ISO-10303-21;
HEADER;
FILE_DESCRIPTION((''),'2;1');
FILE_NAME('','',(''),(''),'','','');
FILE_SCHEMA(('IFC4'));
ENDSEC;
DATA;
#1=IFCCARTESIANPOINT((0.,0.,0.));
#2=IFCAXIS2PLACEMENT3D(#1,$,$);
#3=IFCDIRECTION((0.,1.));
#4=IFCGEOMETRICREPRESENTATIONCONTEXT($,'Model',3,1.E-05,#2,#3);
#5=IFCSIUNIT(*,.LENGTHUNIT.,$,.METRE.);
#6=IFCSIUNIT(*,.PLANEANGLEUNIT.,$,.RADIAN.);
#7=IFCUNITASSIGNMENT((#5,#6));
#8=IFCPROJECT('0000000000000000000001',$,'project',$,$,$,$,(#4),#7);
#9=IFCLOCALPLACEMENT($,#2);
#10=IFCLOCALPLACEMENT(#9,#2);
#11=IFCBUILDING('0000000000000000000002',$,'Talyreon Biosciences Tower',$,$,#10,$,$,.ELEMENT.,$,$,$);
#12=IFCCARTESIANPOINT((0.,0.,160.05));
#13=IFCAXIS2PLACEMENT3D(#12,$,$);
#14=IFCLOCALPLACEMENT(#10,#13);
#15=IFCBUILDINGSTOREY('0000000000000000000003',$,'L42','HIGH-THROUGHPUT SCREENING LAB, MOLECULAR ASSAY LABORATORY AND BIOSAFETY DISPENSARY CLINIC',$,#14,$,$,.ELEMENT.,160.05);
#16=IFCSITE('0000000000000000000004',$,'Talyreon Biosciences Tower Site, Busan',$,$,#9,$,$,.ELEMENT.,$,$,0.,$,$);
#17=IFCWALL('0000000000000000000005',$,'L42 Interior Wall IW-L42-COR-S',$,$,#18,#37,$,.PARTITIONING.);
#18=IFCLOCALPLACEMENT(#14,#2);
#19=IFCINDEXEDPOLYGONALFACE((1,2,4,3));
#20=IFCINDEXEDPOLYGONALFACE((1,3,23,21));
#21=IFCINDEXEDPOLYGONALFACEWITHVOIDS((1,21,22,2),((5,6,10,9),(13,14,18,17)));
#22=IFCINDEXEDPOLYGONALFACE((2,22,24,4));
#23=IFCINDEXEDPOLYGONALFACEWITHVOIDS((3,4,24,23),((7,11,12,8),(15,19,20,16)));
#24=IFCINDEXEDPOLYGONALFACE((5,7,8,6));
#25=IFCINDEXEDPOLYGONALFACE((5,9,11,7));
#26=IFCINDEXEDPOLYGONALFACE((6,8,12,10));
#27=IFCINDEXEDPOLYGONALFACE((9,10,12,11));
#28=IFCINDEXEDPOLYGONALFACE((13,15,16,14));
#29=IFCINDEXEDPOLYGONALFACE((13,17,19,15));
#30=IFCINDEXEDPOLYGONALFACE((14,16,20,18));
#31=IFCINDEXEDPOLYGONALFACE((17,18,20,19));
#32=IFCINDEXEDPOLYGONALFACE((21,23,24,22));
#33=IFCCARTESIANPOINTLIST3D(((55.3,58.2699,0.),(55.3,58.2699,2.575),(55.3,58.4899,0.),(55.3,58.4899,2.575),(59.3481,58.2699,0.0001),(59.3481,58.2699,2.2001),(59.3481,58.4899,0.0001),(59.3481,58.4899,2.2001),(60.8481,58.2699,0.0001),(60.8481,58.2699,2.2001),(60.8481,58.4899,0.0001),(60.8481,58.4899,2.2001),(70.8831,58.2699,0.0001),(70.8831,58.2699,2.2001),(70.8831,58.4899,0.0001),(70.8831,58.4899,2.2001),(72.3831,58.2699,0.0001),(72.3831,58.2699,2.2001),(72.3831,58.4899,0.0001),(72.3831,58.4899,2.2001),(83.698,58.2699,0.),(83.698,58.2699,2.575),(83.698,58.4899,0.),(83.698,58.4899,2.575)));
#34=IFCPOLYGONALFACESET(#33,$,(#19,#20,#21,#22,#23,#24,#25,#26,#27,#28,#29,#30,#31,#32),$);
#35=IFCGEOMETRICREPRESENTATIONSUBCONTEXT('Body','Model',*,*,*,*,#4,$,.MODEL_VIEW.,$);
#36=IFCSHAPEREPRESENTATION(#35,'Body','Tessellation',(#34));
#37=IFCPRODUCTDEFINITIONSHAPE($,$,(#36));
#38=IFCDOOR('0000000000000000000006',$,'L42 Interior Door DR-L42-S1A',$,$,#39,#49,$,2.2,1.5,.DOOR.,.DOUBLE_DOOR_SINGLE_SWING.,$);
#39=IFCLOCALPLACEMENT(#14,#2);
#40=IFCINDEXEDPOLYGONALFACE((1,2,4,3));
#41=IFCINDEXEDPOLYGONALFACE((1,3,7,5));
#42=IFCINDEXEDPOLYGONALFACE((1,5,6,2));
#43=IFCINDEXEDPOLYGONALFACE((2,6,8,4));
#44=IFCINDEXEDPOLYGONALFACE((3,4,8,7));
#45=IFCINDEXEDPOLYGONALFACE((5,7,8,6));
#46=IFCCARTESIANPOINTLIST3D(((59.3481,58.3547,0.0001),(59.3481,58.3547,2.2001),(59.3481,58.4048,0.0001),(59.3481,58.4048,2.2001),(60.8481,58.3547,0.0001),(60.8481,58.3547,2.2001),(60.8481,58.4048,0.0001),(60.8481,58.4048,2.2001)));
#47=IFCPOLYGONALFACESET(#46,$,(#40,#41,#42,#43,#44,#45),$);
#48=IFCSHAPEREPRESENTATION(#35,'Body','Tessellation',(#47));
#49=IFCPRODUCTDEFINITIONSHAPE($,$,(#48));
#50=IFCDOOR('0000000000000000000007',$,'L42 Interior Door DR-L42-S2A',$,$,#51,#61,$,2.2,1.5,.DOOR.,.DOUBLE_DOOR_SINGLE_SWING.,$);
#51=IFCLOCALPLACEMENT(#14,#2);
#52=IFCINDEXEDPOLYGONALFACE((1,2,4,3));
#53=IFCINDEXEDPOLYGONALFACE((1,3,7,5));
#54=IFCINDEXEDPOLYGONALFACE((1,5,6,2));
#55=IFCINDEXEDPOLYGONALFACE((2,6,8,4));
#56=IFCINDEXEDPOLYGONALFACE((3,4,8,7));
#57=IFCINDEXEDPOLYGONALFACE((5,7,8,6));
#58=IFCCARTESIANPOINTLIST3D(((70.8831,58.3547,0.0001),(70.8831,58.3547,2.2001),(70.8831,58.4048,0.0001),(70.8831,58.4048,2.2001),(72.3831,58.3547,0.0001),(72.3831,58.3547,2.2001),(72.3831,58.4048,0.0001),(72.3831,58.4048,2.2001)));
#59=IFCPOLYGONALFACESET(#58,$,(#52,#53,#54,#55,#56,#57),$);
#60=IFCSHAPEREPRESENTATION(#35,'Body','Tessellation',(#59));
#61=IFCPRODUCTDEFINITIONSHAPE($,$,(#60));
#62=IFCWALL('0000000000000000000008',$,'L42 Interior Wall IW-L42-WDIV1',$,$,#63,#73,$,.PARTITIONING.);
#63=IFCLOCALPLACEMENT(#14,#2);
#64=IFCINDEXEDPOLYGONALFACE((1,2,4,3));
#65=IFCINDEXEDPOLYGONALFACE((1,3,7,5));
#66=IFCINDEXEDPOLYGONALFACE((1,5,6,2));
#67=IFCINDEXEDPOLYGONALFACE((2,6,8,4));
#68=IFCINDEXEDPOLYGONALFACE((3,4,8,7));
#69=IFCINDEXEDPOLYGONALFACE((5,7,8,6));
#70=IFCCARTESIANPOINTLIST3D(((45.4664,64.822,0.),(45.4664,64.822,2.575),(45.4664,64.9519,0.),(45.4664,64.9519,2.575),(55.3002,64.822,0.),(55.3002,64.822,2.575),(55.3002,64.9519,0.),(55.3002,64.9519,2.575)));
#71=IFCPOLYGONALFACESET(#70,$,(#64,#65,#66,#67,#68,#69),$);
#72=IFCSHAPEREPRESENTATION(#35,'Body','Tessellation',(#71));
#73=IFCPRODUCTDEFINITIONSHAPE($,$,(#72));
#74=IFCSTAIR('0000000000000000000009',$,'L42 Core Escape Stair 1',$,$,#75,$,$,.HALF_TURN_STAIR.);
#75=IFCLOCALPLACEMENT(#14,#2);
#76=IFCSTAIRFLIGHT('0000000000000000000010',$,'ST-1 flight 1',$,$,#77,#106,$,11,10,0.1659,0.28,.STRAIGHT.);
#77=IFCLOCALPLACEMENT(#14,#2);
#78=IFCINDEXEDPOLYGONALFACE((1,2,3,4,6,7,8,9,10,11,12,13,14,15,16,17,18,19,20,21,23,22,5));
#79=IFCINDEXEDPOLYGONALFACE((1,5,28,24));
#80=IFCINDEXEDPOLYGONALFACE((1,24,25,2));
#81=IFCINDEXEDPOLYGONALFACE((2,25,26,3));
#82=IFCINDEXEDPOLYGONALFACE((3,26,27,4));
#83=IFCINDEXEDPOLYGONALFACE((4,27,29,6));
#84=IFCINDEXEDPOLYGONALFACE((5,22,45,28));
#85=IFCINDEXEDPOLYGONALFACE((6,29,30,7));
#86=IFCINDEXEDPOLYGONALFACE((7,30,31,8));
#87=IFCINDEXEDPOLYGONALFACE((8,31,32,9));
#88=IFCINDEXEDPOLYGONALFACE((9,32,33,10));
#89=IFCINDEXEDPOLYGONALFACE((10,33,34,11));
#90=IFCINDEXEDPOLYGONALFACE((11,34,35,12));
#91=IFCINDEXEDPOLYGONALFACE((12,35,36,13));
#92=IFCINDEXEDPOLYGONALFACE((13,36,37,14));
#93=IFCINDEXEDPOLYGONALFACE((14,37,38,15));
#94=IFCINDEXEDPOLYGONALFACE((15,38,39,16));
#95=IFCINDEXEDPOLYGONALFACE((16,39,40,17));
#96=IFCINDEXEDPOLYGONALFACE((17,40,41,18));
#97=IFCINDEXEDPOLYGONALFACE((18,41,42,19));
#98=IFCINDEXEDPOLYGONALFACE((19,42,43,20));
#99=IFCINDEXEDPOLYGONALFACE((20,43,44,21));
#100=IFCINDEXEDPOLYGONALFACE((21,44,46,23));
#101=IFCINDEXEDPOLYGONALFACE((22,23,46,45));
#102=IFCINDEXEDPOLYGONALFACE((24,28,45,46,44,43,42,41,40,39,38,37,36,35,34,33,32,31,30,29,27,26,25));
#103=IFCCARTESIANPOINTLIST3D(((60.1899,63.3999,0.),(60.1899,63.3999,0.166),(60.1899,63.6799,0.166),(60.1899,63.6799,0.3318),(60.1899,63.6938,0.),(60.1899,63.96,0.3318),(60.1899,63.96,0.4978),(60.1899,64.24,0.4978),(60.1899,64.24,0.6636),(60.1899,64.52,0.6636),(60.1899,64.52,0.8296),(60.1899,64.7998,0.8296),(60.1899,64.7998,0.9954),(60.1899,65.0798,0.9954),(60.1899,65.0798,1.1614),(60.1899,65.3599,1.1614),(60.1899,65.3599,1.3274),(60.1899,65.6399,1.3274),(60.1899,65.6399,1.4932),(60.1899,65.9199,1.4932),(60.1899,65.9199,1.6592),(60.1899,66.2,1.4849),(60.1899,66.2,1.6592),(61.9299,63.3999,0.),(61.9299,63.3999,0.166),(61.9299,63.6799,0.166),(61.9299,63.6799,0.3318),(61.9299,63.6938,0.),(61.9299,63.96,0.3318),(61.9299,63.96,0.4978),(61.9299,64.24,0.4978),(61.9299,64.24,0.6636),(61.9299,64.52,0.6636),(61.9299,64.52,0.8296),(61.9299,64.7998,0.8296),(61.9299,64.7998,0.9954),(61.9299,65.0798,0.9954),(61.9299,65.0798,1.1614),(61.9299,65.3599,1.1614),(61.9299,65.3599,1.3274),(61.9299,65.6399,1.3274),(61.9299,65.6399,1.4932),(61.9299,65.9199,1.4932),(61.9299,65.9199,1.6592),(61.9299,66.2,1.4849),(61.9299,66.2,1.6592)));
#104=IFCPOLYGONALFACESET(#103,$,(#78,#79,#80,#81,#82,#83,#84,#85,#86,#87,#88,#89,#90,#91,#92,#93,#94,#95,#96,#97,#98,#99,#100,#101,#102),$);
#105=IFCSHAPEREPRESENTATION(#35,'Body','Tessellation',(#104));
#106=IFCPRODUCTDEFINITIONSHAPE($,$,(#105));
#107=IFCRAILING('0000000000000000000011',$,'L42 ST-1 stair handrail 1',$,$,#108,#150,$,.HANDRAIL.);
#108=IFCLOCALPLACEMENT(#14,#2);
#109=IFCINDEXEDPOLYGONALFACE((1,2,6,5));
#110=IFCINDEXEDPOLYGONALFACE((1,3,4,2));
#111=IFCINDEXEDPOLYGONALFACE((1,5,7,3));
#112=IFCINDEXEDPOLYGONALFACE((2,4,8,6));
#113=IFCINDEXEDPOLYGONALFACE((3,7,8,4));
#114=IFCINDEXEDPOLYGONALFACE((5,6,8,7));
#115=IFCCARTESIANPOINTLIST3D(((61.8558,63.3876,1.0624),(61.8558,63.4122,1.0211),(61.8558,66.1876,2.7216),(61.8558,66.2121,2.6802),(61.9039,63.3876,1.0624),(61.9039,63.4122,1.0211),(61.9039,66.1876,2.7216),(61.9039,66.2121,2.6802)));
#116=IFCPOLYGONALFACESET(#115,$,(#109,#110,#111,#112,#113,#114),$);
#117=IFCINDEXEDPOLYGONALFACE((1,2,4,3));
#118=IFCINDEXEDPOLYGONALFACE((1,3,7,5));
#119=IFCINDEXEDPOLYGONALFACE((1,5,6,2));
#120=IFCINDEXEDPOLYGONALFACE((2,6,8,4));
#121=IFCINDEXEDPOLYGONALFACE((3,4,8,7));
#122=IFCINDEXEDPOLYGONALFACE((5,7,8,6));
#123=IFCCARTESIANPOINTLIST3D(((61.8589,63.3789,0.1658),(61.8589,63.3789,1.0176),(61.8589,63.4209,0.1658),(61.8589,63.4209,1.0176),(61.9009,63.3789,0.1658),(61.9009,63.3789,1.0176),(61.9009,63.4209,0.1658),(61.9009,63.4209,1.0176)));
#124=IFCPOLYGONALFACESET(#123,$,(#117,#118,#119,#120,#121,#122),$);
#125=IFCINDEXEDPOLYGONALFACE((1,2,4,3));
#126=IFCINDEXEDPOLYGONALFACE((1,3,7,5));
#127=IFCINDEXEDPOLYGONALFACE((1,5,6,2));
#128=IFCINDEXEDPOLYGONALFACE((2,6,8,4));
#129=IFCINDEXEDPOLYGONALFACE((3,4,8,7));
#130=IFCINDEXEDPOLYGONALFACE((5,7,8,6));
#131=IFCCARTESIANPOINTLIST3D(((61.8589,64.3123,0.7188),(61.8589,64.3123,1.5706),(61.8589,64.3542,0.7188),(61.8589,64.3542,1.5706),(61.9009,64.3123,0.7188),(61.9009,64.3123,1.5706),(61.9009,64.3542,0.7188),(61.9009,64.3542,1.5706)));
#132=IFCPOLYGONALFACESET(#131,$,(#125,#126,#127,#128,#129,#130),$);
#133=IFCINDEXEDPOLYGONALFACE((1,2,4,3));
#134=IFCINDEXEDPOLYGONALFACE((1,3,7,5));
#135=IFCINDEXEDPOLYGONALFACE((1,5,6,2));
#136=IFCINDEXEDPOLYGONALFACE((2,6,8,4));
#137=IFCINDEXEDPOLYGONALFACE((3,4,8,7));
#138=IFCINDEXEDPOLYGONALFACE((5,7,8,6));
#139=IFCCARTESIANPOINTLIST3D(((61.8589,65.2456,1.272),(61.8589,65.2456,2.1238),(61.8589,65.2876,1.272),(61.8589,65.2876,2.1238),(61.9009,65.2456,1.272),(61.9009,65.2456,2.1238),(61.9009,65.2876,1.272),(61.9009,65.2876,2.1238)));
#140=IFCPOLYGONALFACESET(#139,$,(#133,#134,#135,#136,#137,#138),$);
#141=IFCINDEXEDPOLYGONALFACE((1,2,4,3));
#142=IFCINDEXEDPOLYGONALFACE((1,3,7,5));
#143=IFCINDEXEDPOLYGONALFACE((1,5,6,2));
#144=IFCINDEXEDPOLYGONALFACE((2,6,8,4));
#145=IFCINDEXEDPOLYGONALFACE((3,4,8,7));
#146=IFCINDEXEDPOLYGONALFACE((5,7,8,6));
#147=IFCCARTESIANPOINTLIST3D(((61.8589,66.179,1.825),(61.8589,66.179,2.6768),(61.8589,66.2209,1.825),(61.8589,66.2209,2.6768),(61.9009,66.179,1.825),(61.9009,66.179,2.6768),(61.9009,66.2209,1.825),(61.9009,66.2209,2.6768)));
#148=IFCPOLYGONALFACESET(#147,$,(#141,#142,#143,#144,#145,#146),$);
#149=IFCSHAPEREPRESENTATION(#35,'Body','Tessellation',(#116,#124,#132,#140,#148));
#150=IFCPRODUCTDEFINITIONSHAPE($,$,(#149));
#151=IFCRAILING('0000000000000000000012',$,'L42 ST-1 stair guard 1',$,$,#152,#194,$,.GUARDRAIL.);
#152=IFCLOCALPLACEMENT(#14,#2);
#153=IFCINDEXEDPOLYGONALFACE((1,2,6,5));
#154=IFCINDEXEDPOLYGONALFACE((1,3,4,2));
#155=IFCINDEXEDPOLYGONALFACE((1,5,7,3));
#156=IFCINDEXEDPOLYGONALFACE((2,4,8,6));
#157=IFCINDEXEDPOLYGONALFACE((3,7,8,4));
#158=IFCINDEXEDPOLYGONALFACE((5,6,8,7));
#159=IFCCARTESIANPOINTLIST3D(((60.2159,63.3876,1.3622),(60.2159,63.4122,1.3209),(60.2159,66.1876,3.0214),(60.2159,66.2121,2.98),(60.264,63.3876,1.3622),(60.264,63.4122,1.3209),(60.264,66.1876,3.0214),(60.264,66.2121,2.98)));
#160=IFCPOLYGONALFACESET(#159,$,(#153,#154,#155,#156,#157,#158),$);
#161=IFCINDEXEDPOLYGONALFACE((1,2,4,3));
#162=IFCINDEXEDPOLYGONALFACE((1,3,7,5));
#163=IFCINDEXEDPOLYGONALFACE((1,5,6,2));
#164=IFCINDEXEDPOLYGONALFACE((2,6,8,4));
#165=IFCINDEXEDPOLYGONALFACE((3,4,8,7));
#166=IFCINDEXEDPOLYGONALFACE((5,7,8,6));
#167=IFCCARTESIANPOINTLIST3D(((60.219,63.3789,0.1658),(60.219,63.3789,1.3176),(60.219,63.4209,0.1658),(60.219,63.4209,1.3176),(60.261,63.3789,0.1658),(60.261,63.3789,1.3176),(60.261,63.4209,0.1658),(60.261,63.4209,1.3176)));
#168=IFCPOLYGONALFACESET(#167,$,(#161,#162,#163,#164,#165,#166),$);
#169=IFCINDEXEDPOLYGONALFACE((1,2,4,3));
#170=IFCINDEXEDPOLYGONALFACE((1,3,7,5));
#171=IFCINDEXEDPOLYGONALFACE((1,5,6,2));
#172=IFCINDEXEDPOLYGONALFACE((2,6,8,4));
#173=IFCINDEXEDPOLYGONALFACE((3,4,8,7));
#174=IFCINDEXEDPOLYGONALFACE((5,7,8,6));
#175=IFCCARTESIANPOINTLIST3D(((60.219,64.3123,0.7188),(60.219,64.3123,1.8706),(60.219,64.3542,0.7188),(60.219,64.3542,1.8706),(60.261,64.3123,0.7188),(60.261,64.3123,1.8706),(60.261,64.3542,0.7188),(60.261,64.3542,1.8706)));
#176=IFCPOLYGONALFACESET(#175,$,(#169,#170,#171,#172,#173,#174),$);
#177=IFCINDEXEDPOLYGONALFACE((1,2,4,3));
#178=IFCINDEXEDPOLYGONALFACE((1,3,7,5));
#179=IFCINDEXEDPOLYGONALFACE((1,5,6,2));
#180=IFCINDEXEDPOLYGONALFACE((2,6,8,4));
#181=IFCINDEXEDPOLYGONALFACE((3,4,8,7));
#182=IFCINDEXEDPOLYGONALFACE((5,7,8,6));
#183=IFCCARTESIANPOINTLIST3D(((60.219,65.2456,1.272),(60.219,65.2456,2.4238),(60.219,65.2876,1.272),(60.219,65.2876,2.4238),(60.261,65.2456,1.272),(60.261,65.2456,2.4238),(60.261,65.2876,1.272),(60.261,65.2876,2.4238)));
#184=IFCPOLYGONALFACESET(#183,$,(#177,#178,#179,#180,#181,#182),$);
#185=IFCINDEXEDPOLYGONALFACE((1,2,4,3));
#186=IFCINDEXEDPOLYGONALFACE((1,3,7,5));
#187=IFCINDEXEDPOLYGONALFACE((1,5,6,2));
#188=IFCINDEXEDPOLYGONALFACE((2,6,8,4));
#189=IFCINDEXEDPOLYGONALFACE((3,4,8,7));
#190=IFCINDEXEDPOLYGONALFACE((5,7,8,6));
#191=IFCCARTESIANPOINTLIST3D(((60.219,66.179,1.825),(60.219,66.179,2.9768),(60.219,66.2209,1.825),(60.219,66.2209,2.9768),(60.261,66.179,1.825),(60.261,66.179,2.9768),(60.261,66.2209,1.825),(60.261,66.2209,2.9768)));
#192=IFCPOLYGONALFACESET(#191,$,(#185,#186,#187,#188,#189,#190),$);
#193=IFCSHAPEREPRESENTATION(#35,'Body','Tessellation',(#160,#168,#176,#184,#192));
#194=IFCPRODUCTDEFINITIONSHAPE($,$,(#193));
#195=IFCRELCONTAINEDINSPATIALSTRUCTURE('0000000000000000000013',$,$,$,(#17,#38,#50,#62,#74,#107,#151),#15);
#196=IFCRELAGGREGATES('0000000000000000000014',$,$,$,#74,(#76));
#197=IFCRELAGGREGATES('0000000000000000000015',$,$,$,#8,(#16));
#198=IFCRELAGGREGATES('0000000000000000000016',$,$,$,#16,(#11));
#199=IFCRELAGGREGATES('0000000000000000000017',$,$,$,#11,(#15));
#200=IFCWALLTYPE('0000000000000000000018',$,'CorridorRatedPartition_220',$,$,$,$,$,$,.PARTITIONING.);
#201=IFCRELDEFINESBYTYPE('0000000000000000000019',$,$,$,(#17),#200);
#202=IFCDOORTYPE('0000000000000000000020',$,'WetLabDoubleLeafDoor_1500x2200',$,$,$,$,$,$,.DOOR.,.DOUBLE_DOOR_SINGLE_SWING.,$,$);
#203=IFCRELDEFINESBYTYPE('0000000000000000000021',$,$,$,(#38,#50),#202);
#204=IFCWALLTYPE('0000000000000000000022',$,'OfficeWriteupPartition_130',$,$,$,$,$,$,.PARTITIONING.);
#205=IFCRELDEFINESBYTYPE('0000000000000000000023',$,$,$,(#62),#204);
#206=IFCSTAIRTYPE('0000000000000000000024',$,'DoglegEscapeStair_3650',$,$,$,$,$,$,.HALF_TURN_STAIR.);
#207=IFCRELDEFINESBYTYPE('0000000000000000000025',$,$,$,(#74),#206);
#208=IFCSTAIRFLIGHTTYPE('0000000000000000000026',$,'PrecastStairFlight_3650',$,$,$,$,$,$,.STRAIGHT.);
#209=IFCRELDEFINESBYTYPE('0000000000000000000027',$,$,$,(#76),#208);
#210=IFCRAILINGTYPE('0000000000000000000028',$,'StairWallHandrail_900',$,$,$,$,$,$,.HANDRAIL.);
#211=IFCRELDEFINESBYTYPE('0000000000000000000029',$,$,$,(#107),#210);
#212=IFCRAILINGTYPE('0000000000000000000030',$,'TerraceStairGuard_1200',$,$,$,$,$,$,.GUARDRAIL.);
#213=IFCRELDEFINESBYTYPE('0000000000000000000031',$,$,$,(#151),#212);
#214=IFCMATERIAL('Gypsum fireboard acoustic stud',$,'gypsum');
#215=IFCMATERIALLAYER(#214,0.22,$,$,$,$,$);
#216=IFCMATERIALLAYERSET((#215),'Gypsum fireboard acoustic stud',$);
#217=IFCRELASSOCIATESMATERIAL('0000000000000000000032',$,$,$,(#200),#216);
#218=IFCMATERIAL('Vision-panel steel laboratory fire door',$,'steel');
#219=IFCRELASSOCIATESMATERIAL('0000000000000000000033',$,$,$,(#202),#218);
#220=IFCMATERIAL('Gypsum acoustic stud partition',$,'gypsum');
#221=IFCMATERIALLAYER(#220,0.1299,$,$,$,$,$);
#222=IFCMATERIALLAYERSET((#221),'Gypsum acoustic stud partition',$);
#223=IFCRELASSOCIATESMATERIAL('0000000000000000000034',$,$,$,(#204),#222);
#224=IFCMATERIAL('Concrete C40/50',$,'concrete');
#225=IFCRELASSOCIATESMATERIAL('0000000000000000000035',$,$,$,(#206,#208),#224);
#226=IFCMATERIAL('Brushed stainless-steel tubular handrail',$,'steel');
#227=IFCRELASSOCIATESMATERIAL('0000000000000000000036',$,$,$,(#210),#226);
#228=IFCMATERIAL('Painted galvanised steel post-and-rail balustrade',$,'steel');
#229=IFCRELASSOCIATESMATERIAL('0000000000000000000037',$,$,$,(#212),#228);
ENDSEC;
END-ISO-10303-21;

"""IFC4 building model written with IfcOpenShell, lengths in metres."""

from ifc_helpers import new_model, si_unit, direction, frame, frame_2d, origin, origin_2d, place, context, subcontext, project, spatial, polyline, rectangle, outline, extrude, material, layer, layer_set, type_object, element, fill, aggregate, save


model = new_model("IFC4")

# Units and contexts
model_context = context("Model", 3, precision=1e-05, world=origin(), true_north=direction((0.0, 1.0)))
body_context = subcontext(model_context, "Body", "Model", "MODEL_VIEW")
ifc_project = project(units=[si_unit("LENGTHUNIT", "METRE"), si_unit("PLANEANGLEUNIT", "RADIAN")], contexts=[model_context])

# Site, building, storey
site_placement = place(None, origin())
site = spatial("IfcSite", under=ifc_project, at=site_placement, Name="Talyreon Biosciences Tower Site, Busan", CompositionType="ELEMENT", RefElevation=0.0)
building_placement = place(site_placement, origin())
building = spatial("IfcBuilding", under=site, at=building_placement, Name="Talyreon Biosciences Tower", CompositionType="ELEMENT")
storey_placement = place(building_placement, frame((0.0, 0.0, 160.05)))
storey = spatial("IfcBuildingStorey", under=building, at=storey_placement, Name="L42", Description="HIGH-THROUGHPUT SCREENING LAB, MOLECULAR ASSAY LABORATORY AND BIOSAFETY DISPENSARY CLINIC", CompositionType="ELEMENT", Elevation=160.05)

# Wall, openings, doors
ifc_material_1 = material(Name="Gypsum fireboard acoustic stud", Category="gypsum")
ifc_layer_1 = layer(ifc_material_1, 0.22)
ifc_layer_set_1 = layer_set([ifc_layer_1], Name="Gypsum fireboard acoustic stud")
wall_type_1 = type_object("IfcWallType", Name="CorridorRatedPartition_220", PredefinedType="PARTITIONING", material=ifc_layer_set_1)
wall_1_placement = place(storey_placement, frame((55.3, 58.3799, 0.0), z_axis=(0.0, 0.0, 1.0), x_axis=(1.0, 0.0, 0.0)))
wall_1 = element("IfcWall", 1, at=wall_1_placement, inside=storey, type_object=wall_type_1, Name="L42 Interior Wall IW-L42-COR-S", PredefinedType="PARTITIONING", context=body_context, shape_type="SweptSolid", body=[
    extrude(rectangle(XDim=28.3979, YDim=0.22, at=frame_2d((14.199, 0.0))), origin(), (0.0, 0.0, 1.0), 2.575),
])
opening_1_placement = place(wall_1_placement, frame((4.0481, 0.0, 0.0)))
opening_1 = element("IfcOpeningElement", 2, at=opening_1_placement, cuts=wall_1, PredefinedType="OPENING", context=body_context, shape_type="SweptSolid", body=[
    extrude(rectangle(XDim=1.5, YDim=2.2, at=frame_2d((0.75, 1.1001))), frame((0.0, 0.1199, 0.0), z_axis=(0.0, -1.0, 0.0), x_axis=(1.0, 0.0, 0.0)), (0.0, 0.0, 1.0), 0.24),
])
opening_2_placement = place(wall_1_placement, frame((15.583, 0.0, 0.0)))
opening_2 = element("IfcOpeningElement", 3, at=opening_2_placement, cuts=wall_1, PredefinedType="OPENING", context=body_context, shape_type="SweptSolid", body=[
    extrude(rectangle(XDim=1.5, YDim=2.2, at=frame_2d((0.75, 1.1001))), frame((0.0, 0.1199, 0.0), z_axis=(0.0, -1.0, 0.0), x_axis=(1.0, 0.0, 0.0)), (0.0, 0.0, 1.0), 0.24),
])
ifc_material_2 = material(Name="Vision-panel steel laboratory fire door", Category="steel")
door_type_1 = type_object("IfcDoorType", Name="WetLabDoubleLeafDoor_1500x2200", OperationType="DOUBLE_DOOR_SINGLE_SWING", PredefinedType="DOOR", material=ifc_material_2)
door_1_placement = place(opening_1_placement, origin())
door_1 = element("IfcDoor", 4, at=door_1_placement, inside=storey, type_object=door_type_1, Name="L42 Interior Door DR-L42-S1A", OperationType="DOUBLE_DOOR_SINGLE_SWING", OverallHeight=2.2, OverallWidth=1.5, PredefinedType="DOOR", context=body_context, shape_type="SweptSolid", body=[
    extrude(rectangle(XDim=1.5, YDim=2.2, at=frame_2d((0.75, 1.1001))), frame((0.0, 0.0249, 0.0), z_axis=(0.0, -1.0, 0.0), x_axis=(1.0, 0.0, 0.0)), (0.0, 0.0, 1.0), 0.05),
])
fill(opening_1, door_1)
door_2_placement = place(opening_2_placement, origin())
door_2 = element("IfcDoor", 5, at=door_2_placement, inside=storey, type_object=door_type_1, Name="L42 Interior Door DR-L42-S2A", OperationType="DOUBLE_DOOR_SINGLE_SWING", OverallHeight=2.2, OverallWidth=1.5, PredefinedType="DOOR", context=body_context, shape_type="SweptSolid", body=[
    extrude(rectangle(XDim=1.5, YDim=2.2, at=frame_2d((0.75, 1.1001))), frame((0.0, 0.0249, 0.0), z_axis=(0.0, -1.0, 0.0), x_axis=(1.0, 0.0, 0.0)), (0.0, 0.0, 1.0), 0.05),
])
fill(opening_2, door_2)

# Wall
ifc_material_3 = material(Name="Gypsum acoustic stud partition", Category="gypsum")
ifc_layer_2 = layer(ifc_material_3, 0.1299)
ifc_layer_set_2 = layer_set([ifc_layer_2], Name="Gypsum acoustic stud partition")
wall_type_2 = type_object("IfcWallType", Name="OfficeWriteupPartition_130", PredefinedType="PARTITIONING", material=ifc_layer_set_2)
wall_2_placement = place(storey_placement, frame((45.4663, 64.887, 0.0), z_axis=(0.0, 0.0, 1.0), x_axis=(1.0, 0.0, 0.0)))
element("IfcWall", 6, at=wall_2_placement, inside=storey, type_object=wall_type_2, Name="L42 Interior Wall IW-L42-WDIV1", PredefinedType="PARTITIONING", context=body_context, shape_type="SweptSolid", body=[
    extrude(rectangle(XDim=9.8337, YDim=0.1299, at=frame_2d((4.917, 0.0))), origin(), (0.0, 0.0, 1.0), 2.575),
])

# Stair, stair flight
ifc_material_4 = material(Name="Concrete C40/50", Category="concrete")
stair_type = type_object("IfcStairType", Name="DoglegEscapeStair_3650", PredefinedType="HALF_TURN_STAIR", material=ifc_material_4)
stair_placement = place(storey_placement, origin())
stair = element("IfcStair", 7, at=stair_placement, inside=storey, type_object=stair_type, Name="L42 Core Escape Stair 1", PredefinedType="HALF_TURN_STAIR")
stair_flight_type = type_object("IfcStairFlightType", Name="PrecastStairFlight_3650", PredefinedType="STRAIGHT", material=ifc_material_4)
stair_flight_placement = place(storey_placement, frame((61.0601, 63.3999, 0.0), z_axis=(0.0, 0.0, 1.0), x_axis=(0.0, 1.0, 0.0)))
stair_flight = element("IfcStairFlight", 8, at=stair_flight_placement, type_object=stair_flight_type, Name="ST-1 flight 1", NumberOfRisers=11, NumberOfTreads=10, PredefinedType="STRAIGHT", RiserHeight=0.1659, TreadLength=0.28, context=body_context, shape_type="SweptSolid", body=[
    extrude(outline(polyline([(0.0, 0.0), (0.0, 0.166), (0.28, 0.166), (0.28, 0.3318), (0.5601, 0.3318), (0.5601, 0.4978), (0.8401, 0.4978), (0.8401, 0.6636), (1.1201, 0.6636), (1.1201, 0.8296), (1.3999, 0.8296), (1.3999, 0.9954), (1.6799, 0.9954), (1.6799, 1.1614), (1.96, 1.1614), (1.96, 1.3274), (2.24, 1.3274), (2.24, 1.4932), (2.52, 1.4932), (2.52, 1.6592), (2.8, 1.6592), (2.8, 1.825), (2.8, 1.4849), (0.2939, 0.0), (0.0, 0.0)])), frame((0.0, 0.8701, 0.0), z_axis=(0.0, -1.0, 0.0), x_axis=(1.0, 0.0, 0.0)), (0.0, 0.0, 1.0), 1.74),
])
aggregate(stair, [stair_flight])

# Railings
ifc_material_5 = material(Name="Brushed stainless-steel tubular handrail", Category="steel")
railing_type_1 = type_object("IfcRailingType", Name="StairWallHandrail_900", PredefinedType="HANDRAIL", material=ifc_material_5)
railing_1_placement = place(storey_placement, frame((61.8799, 63.3999, 0.1658)))
element("IfcRailing", 9, at=railing_1_placement, inside=storey, type_object=railing_type_1, Name="L42 ST-1 stair handrail 1", PredefinedType="HANDRAIL", context=body_context, shape_type="SweptSolid", body=[
    extrude(rectangle(XDim=0.0481, YDim=0.0481, at=origin_2d()), frame((0.0, 0.0, 0.876), z_axis=(0.0, 0.860306, 0.509778), x_axis=(-1.0, 0.0, 0.0)), (0.0, 0.0, 1.0), 3.2546),
    extrude(rectangle(XDim=0.042, YDim=0.042, at=origin_2d()), origin(), (0.0, 0.0, 1.0), 0.8518),
    extrude(rectangle(XDim=0.042, YDim=0.042, at=origin_2d()), frame((0.0, 0.9333, 0.553)), (0.0, 0.0, 1.0), 0.8518),
    extrude(rectangle(XDim=0.042, YDim=0.042, at=origin_2d()), frame((0.0, 1.8667, 1.1062)), (0.0, 0.0, 1.0), 0.8518),
    extrude(rectangle(XDim=0.042, YDim=0.042, at=origin_2d()), frame((0.0, 2.8, 1.6592)), (0.0, 0.0, 1.0), 0.8518),
])
ifc_material_6 = material(Name="Painted galvanised steel post-and-rail balustrade", Category="steel")
railing_type_2 = type_object("IfcRailingType", Name="TerraceStairGuard_1200", PredefinedType="GUARDRAIL", material=ifc_material_6)
railing_2_placement = place(storey_placement, frame((60.24, 63.3999, 0.1658)))
element("IfcRailing", 10, at=railing_2_placement, inside=storey, type_object=railing_type_2, Name="L42 ST-1 stair guard 1", PredefinedType="GUARDRAIL", context=body_context, shape_type="SweptSolid", body=[
    extrude(rectangle(XDim=0.0481, YDim=0.0481, at=origin_2d()), frame((0.0, 0.0, 1.1758), z_axis=(0.0, 0.860306, 0.509778), x_axis=(-1.0, 0.0, 0.0)), (0.0, 0.0, 1.0), 3.2546),
    extrude(rectangle(XDim=0.042, YDim=0.042, at=origin_2d()), origin(), (0.0, 0.0, 1.0), 1.1519),
    extrude(rectangle(XDim=0.042, YDim=0.042, at=origin_2d()), frame((0.0, 0.9333, 0.553)), (0.0, 0.0, 1.0), 1.1519),
    extrude(rectangle(XDim=0.042, YDim=0.042, at=origin_2d()), frame((0.0, 1.8667, 1.1062)), (0.0, 0.0, 1.0), 1.1519),
    extrude(rectangle(XDim=0.042, YDim=0.042, at=origin_2d()), frame((0.0, 2.8, 1.6592)), (0.0, 0.0, 1.0), 1.1519),
])

save(model, "model.ifc")
